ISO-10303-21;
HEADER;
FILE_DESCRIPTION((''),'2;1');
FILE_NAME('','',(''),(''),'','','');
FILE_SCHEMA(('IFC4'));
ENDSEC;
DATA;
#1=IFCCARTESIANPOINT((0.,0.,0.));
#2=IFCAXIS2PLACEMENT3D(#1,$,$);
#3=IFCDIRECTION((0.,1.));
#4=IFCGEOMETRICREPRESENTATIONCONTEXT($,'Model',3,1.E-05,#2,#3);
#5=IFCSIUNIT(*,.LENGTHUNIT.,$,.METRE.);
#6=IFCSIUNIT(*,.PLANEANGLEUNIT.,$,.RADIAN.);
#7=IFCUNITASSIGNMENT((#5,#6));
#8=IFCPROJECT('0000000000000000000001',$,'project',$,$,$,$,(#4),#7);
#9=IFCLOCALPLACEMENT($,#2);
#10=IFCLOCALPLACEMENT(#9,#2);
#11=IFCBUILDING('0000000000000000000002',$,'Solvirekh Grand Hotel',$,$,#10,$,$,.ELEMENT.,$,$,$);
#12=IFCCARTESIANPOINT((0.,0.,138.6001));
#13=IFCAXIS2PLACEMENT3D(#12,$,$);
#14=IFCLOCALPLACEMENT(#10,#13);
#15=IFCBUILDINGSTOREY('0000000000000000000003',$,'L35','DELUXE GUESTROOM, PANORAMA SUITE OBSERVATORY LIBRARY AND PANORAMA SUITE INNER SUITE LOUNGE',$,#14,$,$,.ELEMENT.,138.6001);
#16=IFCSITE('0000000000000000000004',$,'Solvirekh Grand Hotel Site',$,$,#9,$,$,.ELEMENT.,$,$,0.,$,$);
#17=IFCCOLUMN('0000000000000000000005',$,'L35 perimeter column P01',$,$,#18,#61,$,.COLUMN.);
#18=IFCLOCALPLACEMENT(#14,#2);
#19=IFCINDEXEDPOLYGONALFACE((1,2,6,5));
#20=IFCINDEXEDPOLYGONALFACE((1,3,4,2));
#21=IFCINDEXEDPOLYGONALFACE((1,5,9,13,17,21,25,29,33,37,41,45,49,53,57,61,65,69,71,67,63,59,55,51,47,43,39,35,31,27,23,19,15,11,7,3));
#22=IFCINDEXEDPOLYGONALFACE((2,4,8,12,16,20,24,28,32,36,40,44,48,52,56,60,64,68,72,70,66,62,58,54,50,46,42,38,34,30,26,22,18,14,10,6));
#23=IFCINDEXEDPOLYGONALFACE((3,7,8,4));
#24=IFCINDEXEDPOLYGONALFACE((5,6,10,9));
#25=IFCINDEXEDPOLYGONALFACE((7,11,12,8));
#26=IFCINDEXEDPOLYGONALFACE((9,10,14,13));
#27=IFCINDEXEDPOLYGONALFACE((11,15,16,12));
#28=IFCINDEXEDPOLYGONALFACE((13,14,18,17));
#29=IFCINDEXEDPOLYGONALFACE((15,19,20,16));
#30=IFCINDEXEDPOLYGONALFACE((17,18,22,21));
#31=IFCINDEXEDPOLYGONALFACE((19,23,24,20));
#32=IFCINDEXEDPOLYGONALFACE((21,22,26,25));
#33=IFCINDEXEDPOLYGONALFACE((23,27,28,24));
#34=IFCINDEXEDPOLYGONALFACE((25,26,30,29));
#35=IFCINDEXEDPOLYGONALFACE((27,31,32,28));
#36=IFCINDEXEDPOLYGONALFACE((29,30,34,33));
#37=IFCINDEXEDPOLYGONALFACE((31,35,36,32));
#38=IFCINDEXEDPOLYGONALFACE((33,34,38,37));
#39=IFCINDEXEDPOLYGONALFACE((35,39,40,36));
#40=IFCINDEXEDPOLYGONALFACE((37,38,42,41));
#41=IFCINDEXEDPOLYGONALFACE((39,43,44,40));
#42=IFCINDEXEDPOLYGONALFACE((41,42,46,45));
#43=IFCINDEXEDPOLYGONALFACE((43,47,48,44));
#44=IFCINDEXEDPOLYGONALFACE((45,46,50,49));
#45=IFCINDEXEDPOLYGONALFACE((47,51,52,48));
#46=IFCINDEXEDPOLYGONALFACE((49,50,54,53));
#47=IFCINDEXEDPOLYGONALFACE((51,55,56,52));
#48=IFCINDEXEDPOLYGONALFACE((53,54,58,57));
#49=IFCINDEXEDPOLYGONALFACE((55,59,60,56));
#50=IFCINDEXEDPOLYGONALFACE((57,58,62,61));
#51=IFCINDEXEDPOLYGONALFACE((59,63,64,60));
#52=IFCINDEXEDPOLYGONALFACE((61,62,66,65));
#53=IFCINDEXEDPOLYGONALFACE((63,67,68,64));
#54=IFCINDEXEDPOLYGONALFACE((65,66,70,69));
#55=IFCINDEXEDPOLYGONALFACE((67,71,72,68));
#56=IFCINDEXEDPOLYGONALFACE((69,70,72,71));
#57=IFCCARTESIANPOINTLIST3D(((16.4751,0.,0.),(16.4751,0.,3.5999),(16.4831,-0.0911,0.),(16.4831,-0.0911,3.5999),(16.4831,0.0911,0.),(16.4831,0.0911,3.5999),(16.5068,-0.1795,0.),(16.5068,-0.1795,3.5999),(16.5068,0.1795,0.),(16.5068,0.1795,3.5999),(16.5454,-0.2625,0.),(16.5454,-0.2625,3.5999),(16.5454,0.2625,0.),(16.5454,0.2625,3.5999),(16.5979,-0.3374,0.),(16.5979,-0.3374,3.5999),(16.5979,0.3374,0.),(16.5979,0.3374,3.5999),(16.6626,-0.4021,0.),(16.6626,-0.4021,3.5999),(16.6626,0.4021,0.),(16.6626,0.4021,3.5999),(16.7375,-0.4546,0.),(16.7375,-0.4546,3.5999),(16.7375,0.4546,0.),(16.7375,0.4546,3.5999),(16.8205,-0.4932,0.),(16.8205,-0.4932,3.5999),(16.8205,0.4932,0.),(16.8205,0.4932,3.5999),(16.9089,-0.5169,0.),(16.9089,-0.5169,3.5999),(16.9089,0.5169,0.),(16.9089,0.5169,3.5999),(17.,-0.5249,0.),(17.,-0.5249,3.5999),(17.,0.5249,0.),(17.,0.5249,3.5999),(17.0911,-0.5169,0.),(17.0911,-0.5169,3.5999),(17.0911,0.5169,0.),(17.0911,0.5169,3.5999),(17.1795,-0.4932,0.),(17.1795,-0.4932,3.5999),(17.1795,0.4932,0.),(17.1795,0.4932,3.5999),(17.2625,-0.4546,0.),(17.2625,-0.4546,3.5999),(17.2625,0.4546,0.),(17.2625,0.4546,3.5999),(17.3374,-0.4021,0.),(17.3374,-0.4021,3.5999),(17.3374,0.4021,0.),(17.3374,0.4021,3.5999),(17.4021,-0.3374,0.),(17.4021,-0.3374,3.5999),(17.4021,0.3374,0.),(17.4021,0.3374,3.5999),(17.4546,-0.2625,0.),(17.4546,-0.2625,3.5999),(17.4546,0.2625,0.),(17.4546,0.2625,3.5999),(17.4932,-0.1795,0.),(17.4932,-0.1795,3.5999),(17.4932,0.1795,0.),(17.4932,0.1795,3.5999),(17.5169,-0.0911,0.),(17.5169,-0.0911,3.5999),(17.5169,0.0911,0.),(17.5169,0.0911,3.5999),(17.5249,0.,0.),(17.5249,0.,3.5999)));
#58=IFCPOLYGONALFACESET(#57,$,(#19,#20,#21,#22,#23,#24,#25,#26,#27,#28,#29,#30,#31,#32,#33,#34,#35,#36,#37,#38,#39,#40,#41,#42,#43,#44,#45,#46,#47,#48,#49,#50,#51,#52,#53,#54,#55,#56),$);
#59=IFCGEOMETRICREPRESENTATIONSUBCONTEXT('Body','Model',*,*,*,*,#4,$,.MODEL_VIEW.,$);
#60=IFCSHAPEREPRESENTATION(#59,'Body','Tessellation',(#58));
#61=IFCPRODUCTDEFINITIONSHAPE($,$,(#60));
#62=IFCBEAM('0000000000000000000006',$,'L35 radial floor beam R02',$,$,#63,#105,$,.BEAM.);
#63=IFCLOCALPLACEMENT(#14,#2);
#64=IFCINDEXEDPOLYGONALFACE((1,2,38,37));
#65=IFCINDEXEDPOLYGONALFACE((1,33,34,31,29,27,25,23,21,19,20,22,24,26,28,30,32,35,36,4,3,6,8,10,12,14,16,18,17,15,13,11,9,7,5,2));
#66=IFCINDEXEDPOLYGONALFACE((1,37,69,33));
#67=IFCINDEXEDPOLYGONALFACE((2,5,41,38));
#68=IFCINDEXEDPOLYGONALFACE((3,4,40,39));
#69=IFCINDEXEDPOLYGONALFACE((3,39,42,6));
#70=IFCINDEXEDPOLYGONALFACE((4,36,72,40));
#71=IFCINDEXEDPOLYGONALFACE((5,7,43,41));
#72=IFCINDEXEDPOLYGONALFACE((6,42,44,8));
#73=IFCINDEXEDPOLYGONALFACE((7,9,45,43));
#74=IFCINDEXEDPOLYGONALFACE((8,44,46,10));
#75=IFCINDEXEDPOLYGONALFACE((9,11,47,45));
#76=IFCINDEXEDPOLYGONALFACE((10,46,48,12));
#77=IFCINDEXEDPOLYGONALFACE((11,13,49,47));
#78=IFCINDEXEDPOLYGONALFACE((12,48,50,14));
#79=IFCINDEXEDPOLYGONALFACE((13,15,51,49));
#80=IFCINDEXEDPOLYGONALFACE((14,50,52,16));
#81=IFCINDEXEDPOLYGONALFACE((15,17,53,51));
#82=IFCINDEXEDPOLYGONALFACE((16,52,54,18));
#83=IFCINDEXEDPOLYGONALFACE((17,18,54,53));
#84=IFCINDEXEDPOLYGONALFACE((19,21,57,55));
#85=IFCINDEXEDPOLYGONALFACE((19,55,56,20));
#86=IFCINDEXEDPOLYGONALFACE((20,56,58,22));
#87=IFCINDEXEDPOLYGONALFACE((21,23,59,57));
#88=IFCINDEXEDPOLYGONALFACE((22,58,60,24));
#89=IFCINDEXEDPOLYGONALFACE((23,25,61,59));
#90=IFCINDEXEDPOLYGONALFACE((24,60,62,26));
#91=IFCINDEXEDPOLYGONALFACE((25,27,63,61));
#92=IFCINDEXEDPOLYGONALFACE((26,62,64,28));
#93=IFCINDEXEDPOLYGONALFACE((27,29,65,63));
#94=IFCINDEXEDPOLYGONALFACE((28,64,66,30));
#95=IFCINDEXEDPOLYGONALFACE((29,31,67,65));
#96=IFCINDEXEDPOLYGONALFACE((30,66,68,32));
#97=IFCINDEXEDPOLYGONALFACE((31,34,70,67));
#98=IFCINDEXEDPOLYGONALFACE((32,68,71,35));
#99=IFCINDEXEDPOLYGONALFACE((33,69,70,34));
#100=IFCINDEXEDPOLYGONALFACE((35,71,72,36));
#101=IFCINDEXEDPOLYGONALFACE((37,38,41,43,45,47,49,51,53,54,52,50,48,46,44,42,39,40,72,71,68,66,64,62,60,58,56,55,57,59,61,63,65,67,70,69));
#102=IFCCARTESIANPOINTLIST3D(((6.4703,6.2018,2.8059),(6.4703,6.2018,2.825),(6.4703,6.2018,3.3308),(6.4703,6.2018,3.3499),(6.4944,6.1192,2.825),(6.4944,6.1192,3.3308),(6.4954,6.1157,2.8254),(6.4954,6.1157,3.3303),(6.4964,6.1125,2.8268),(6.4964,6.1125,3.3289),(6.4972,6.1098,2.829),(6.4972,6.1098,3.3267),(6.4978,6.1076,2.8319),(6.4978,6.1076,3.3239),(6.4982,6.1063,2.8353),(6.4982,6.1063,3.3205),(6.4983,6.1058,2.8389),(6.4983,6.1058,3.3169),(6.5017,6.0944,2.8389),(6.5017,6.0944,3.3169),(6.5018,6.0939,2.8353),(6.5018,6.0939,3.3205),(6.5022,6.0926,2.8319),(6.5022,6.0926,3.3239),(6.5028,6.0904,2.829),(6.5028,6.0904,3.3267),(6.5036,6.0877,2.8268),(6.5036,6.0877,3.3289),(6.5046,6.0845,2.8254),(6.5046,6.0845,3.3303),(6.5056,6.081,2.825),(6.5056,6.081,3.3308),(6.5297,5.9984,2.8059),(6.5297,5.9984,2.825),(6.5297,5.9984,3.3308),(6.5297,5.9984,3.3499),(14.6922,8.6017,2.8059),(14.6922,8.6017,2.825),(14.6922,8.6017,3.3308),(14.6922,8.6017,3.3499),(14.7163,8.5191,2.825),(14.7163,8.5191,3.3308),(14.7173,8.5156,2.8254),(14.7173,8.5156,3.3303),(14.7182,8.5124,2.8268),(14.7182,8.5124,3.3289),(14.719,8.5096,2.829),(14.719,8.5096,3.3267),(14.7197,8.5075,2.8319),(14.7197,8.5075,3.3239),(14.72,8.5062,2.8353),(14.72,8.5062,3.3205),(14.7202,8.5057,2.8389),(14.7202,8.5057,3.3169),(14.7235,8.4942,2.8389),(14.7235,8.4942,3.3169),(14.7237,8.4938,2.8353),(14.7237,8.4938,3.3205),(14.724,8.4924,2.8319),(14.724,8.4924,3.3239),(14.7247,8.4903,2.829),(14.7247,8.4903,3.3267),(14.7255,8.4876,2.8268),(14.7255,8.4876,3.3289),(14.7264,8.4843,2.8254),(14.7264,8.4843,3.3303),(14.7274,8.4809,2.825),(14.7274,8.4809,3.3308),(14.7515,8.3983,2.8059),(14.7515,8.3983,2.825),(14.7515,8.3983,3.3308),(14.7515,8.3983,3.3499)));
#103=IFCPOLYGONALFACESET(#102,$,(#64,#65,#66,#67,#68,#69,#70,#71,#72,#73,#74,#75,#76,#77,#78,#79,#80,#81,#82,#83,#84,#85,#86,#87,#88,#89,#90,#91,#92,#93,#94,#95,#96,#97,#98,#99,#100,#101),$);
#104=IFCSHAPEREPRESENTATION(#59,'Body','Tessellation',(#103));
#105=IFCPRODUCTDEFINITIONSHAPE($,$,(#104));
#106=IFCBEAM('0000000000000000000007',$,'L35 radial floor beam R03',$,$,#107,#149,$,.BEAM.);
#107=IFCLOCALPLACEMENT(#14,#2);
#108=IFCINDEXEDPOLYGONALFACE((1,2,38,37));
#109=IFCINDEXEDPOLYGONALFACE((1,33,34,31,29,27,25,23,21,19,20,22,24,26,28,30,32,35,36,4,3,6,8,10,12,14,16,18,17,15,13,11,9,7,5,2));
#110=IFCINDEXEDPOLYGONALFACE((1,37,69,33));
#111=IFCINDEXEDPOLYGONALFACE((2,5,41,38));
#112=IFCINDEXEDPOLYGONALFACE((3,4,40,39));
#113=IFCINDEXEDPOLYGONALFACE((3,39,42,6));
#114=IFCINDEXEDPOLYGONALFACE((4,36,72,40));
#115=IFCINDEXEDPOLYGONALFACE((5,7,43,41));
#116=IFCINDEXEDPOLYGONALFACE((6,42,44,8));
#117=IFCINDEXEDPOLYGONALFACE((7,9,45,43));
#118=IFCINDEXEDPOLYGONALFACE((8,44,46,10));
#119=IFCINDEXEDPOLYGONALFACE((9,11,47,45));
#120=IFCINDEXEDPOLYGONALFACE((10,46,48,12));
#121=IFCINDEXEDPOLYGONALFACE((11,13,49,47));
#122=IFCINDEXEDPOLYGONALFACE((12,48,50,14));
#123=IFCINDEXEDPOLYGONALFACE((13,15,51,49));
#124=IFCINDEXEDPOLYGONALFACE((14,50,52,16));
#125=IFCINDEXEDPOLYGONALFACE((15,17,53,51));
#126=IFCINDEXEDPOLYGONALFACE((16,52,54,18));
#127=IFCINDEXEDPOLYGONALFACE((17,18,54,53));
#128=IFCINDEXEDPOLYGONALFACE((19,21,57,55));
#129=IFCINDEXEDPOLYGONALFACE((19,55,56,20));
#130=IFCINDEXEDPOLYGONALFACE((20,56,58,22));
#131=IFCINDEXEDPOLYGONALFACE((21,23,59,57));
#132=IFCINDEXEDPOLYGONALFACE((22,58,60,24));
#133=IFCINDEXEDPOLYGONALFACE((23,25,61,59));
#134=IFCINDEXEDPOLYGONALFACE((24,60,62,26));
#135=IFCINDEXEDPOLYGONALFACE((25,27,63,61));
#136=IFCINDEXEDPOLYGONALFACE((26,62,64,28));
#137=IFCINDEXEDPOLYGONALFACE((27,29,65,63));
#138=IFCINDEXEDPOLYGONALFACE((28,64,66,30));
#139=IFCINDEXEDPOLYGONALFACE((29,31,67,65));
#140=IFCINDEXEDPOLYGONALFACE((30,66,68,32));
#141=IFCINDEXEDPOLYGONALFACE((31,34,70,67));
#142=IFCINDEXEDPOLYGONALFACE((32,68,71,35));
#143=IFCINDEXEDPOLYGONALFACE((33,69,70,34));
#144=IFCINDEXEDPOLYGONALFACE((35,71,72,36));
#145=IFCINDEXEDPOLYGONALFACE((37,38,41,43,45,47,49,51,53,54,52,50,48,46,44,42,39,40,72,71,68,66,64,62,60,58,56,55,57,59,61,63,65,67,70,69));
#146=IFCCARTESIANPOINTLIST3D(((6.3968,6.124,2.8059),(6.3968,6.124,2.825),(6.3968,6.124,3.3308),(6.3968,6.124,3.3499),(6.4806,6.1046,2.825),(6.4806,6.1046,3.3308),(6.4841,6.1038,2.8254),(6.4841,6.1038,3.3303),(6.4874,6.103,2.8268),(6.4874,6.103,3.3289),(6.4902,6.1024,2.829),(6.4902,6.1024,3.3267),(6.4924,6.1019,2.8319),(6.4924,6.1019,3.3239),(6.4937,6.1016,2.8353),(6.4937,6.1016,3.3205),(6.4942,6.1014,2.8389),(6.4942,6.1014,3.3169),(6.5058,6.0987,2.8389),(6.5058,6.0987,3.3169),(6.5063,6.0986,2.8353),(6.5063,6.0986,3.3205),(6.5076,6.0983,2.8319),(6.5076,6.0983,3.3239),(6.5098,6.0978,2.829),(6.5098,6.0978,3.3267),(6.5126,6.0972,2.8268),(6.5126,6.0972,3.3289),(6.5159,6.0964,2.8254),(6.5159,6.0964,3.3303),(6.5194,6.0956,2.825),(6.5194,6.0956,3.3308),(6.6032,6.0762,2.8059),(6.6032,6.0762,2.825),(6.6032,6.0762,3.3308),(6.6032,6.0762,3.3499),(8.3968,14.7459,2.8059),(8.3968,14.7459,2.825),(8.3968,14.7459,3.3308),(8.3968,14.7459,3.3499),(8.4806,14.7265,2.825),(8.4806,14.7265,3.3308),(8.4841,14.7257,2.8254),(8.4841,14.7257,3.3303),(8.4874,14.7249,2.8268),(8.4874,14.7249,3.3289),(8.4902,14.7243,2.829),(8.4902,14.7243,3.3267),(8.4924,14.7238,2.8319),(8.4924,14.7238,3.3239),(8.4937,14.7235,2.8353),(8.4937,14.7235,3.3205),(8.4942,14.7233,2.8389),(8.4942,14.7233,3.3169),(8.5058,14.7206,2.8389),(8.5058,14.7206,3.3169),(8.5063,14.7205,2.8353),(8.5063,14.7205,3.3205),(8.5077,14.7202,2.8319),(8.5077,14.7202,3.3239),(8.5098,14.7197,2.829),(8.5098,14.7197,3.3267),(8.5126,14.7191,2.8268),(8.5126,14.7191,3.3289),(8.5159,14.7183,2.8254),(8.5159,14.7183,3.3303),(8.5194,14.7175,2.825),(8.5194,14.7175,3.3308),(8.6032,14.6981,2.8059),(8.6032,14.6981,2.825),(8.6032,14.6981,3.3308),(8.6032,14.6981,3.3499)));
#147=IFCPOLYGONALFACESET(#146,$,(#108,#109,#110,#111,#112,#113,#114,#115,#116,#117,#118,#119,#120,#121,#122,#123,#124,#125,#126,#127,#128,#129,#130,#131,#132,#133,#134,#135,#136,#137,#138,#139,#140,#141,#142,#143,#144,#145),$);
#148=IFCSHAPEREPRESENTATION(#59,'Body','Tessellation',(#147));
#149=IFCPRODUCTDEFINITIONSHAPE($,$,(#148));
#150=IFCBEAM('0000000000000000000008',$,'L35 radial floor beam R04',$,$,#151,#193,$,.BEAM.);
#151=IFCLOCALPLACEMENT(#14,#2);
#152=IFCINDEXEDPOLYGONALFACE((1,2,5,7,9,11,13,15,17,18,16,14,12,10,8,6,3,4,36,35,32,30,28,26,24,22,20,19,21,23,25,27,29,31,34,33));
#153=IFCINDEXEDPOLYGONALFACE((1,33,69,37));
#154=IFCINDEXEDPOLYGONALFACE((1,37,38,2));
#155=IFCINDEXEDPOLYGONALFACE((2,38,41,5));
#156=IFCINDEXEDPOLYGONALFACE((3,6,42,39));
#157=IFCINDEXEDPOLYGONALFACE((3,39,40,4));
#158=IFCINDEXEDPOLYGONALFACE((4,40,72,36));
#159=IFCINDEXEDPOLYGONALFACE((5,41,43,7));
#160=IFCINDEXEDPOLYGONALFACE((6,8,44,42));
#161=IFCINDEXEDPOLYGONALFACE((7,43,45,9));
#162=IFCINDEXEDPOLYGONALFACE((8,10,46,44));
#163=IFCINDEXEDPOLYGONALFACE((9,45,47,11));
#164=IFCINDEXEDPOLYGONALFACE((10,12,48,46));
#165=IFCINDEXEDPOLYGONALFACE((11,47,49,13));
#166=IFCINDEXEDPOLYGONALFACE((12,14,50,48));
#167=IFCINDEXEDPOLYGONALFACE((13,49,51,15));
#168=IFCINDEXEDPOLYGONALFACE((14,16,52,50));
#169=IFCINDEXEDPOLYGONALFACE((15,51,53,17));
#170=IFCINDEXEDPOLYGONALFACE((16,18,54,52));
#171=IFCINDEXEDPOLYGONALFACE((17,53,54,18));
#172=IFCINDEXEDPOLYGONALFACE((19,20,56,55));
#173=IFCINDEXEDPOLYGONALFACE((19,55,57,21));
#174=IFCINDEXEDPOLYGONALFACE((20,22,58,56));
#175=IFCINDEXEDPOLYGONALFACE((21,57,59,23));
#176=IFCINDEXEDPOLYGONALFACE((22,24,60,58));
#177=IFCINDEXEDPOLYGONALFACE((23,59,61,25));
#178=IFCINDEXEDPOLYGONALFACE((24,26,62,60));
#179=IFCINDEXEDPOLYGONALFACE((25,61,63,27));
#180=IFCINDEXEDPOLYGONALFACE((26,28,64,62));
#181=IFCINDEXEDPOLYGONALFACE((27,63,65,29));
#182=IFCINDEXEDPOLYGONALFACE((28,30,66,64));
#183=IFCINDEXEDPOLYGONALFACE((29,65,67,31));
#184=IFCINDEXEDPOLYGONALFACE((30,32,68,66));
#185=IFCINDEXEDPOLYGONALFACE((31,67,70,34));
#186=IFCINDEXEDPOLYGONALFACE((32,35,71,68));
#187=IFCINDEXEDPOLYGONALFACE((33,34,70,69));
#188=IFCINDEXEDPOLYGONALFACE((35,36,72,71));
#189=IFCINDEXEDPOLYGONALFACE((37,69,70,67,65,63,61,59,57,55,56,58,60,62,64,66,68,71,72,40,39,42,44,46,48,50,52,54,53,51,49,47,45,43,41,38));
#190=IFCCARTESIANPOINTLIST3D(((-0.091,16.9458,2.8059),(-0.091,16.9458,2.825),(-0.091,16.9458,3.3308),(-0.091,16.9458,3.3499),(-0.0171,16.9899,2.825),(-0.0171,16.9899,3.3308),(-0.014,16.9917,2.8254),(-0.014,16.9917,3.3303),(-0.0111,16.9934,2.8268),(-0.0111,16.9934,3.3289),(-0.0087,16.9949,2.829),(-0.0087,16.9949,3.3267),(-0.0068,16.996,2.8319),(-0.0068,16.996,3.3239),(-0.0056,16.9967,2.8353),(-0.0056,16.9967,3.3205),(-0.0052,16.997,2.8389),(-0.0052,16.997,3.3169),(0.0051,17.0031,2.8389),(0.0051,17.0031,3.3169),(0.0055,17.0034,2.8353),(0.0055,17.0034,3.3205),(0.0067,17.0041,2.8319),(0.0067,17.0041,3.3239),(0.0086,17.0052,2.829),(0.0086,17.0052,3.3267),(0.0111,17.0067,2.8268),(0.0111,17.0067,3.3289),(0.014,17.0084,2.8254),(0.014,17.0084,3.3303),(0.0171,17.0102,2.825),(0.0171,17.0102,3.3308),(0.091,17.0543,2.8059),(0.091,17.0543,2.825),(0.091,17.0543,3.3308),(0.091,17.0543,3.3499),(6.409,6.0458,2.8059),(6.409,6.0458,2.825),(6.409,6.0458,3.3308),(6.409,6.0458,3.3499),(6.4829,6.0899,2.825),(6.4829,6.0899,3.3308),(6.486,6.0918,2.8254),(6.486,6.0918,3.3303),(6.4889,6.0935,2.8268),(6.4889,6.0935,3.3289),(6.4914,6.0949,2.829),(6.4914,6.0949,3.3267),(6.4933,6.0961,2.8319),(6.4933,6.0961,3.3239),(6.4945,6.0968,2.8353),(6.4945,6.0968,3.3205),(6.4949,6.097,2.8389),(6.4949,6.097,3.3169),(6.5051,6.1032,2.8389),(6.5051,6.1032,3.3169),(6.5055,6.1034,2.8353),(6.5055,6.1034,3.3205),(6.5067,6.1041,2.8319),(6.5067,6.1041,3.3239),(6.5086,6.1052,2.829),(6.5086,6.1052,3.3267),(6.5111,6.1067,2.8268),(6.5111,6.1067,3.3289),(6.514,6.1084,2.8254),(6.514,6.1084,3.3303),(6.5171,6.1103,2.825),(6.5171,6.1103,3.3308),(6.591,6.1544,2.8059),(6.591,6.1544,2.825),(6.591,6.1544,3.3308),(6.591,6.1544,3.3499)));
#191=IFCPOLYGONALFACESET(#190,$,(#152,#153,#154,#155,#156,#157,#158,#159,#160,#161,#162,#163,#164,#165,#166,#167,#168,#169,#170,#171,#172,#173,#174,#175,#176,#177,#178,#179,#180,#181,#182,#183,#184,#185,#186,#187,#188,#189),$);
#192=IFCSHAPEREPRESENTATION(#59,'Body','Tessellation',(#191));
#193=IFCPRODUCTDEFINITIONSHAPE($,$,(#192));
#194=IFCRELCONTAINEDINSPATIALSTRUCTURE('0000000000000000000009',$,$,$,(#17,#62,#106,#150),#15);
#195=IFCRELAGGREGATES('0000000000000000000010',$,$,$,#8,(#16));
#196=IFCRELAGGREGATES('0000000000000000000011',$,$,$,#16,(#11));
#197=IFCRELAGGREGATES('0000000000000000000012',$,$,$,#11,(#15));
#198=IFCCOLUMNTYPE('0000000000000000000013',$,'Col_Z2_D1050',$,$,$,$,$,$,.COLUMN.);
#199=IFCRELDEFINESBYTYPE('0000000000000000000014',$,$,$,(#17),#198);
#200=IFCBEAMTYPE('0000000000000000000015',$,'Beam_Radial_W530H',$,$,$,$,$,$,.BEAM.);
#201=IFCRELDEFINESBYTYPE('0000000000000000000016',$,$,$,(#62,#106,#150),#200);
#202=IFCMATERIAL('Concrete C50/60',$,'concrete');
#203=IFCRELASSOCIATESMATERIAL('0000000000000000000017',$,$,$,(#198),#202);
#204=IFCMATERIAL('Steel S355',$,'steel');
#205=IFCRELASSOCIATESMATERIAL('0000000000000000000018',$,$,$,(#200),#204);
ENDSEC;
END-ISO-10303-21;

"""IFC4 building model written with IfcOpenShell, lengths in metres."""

from ifc_helpers import new_model, si_unit, direction, frame, origin, origin_2d, place, context, subcontext, project, spatial, circle, i_section, extrude, material, material_profile, profile_set, type_object, element, save


model = new_model("IFC4")

# Units and contexts
model_context = context("Model", 3, precision=1e-05, world=origin(), true_north=direction((0.0, 1.0)))
body_context = subcontext(model_context, "Body", "Model", "MODEL_VIEW")
ifc_project = project(units=[si_unit("LENGTHUNIT", "METRE"), si_unit("PLANEANGLEUNIT", "RADIAN")], contexts=[model_context])

# Site, building, storey
site_placement = place(None, origin())
site = spatial("IfcSite", under=ifc_project, at=site_placement, Name="Solvirekh Grand Hotel Site", CompositionType="ELEMENT", RefElevation=0.0)
building_placement = place(site_placement, origin())
building = spatial("IfcBuilding", under=site, at=building_placement, Name="Solvirekh Grand Hotel", CompositionType="ELEMENT")
storey_placement = place(building_placement, frame((0.0, 0.0, 138.6001)))
storey = spatial("IfcBuildingStorey", under=building, at=storey_placement, Name="L35", Description="DELUXE GUESTROOM, PANORAMA SUITE OBSERVATORY LIBRARY AND PANORAMA SUITE INNER SUITE LOUNGE", CompositionType="ELEMENT", Elevation=138.6001)

# Column
ifc_material_1 = material(Name="Concrete C50/60", Category="concrete")
ifc_material_profile_1 = material_profile(ifc_material_1, circle(Radius=0.5249, at=origin_2d()), Name="RC CIRC D1050")
ifc_profile_set_1 = profile_set([ifc_material_profile_1], Name="Concrete C50/60")
column_type = type_object("IfcColumnType", Name="Col_Z2_D1050", PredefinedType="COLUMN", material=ifc_profile_set_1)
column_placement = place(storey_placement, frame((17.0, 0.0, 0.0), z_axis=(0.0, 0.0, 1.0), x_axis=(1.0, 0.0, 0.0)))
element("IfcColumn", 1, at=column_placement, inside=storey, type_object=column_type, Name="L35 perimeter column P01", PredefinedType="COLUMN", context=body_context, shape_type="SweptSolid", body=[
    extrude(circle(Radius=0.5249, at=origin_2d()), origin(), (0.0, 0.0, 1.0), 3.5999),
])

# Beams
ifc_material_2 = material(Name="Steel S355", Category="steel")
ifc_material_profile_2 = material_profile(ifc_material_2, i_section(OverallWidth=0.2119, OverallDepth=0.5439, WebThickness=0.012, FlangeThickness=0.019, FilletRadius=0.0139, at=origin_2d()), Name="W530X123")
ifc_profile_set_2 = profile_set([ifc_material_profile_2], Name="Steel S355")
beam_type_1 = type_object("IfcBeamType", Name="Beam_Radial_W530H", PredefinedType="BEAM", material=ifc_profile_set_2)
beam_1_placement = place(storey_placement, frame((6.5, 6.1001, 3.0779), z_axis=(0.959942, 0.280198, 0.0), x_axis=(-0.280198, 0.959942, 0.0)))
element("IfcBeam", 2, at=beam_1_placement, inside=storey, type_object=beam_type_1, Name="L35 radial floor beam R02", PredefinedType="BEAM", context=body_context, shape_type="SweptSolid", body=[
    extrude(i_section(OverallWidth=0.2119, OverallDepth=0.5439, WebThickness=0.012, FlangeThickness=0.019, FilletRadius=0.0139, at=origin_2d()), origin(), (0.0, 0.0, 1.0), 8.5649),
])
beam_2_placement = place(storey_placement, frame((6.5, 6.1001, 3.0779), z_axis=(0.225969, 0.974134, 0.0), x_axis=(-0.974134, 0.225969, 0.0)))
element("IfcBeam", 3, at=beam_2_placement, inside=storey, type_object=beam_type_1, Name="L35 radial floor beam R03", PredefinedType="BEAM", context=body_context, shape_type="SweptSolid", body=[
    extrude(i_section(OverallWidth=0.2119, OverallDepth=0.5439, WebThickness=0.012, FlangeThickness=0.019, FilletRadius=0.0139, at=origin_2d()), origin(), (0.0, 0.0, 1.0), 8.8508),
])
beam_3_placement = place(storey_placement, frame((6.5, 6.1001, 3.0779), z_axis=(-0.51218, 0.858878, 0.0), x_axis=(-0.858878, -0.51218, 0.0)))
element("IfcBeam", 4, at=beam_3_placement, inside=storey, type_object=beam_type_1, Name="L35 radial floor beam R04", PredefinedType="BEAM", context=body_context, shape_type="SweptSolid", body=[
    extrude(i_section(OverallWidth=0.2119, OverallDepth=0.5439, WebThickness=0.012, FlangeThickness=0.019, FilletRadius=0.0139, at=origin_2d()), origin(), (0.0, 0.0, 1.0), 12.6909),
])

save(model, "model.ifc")
